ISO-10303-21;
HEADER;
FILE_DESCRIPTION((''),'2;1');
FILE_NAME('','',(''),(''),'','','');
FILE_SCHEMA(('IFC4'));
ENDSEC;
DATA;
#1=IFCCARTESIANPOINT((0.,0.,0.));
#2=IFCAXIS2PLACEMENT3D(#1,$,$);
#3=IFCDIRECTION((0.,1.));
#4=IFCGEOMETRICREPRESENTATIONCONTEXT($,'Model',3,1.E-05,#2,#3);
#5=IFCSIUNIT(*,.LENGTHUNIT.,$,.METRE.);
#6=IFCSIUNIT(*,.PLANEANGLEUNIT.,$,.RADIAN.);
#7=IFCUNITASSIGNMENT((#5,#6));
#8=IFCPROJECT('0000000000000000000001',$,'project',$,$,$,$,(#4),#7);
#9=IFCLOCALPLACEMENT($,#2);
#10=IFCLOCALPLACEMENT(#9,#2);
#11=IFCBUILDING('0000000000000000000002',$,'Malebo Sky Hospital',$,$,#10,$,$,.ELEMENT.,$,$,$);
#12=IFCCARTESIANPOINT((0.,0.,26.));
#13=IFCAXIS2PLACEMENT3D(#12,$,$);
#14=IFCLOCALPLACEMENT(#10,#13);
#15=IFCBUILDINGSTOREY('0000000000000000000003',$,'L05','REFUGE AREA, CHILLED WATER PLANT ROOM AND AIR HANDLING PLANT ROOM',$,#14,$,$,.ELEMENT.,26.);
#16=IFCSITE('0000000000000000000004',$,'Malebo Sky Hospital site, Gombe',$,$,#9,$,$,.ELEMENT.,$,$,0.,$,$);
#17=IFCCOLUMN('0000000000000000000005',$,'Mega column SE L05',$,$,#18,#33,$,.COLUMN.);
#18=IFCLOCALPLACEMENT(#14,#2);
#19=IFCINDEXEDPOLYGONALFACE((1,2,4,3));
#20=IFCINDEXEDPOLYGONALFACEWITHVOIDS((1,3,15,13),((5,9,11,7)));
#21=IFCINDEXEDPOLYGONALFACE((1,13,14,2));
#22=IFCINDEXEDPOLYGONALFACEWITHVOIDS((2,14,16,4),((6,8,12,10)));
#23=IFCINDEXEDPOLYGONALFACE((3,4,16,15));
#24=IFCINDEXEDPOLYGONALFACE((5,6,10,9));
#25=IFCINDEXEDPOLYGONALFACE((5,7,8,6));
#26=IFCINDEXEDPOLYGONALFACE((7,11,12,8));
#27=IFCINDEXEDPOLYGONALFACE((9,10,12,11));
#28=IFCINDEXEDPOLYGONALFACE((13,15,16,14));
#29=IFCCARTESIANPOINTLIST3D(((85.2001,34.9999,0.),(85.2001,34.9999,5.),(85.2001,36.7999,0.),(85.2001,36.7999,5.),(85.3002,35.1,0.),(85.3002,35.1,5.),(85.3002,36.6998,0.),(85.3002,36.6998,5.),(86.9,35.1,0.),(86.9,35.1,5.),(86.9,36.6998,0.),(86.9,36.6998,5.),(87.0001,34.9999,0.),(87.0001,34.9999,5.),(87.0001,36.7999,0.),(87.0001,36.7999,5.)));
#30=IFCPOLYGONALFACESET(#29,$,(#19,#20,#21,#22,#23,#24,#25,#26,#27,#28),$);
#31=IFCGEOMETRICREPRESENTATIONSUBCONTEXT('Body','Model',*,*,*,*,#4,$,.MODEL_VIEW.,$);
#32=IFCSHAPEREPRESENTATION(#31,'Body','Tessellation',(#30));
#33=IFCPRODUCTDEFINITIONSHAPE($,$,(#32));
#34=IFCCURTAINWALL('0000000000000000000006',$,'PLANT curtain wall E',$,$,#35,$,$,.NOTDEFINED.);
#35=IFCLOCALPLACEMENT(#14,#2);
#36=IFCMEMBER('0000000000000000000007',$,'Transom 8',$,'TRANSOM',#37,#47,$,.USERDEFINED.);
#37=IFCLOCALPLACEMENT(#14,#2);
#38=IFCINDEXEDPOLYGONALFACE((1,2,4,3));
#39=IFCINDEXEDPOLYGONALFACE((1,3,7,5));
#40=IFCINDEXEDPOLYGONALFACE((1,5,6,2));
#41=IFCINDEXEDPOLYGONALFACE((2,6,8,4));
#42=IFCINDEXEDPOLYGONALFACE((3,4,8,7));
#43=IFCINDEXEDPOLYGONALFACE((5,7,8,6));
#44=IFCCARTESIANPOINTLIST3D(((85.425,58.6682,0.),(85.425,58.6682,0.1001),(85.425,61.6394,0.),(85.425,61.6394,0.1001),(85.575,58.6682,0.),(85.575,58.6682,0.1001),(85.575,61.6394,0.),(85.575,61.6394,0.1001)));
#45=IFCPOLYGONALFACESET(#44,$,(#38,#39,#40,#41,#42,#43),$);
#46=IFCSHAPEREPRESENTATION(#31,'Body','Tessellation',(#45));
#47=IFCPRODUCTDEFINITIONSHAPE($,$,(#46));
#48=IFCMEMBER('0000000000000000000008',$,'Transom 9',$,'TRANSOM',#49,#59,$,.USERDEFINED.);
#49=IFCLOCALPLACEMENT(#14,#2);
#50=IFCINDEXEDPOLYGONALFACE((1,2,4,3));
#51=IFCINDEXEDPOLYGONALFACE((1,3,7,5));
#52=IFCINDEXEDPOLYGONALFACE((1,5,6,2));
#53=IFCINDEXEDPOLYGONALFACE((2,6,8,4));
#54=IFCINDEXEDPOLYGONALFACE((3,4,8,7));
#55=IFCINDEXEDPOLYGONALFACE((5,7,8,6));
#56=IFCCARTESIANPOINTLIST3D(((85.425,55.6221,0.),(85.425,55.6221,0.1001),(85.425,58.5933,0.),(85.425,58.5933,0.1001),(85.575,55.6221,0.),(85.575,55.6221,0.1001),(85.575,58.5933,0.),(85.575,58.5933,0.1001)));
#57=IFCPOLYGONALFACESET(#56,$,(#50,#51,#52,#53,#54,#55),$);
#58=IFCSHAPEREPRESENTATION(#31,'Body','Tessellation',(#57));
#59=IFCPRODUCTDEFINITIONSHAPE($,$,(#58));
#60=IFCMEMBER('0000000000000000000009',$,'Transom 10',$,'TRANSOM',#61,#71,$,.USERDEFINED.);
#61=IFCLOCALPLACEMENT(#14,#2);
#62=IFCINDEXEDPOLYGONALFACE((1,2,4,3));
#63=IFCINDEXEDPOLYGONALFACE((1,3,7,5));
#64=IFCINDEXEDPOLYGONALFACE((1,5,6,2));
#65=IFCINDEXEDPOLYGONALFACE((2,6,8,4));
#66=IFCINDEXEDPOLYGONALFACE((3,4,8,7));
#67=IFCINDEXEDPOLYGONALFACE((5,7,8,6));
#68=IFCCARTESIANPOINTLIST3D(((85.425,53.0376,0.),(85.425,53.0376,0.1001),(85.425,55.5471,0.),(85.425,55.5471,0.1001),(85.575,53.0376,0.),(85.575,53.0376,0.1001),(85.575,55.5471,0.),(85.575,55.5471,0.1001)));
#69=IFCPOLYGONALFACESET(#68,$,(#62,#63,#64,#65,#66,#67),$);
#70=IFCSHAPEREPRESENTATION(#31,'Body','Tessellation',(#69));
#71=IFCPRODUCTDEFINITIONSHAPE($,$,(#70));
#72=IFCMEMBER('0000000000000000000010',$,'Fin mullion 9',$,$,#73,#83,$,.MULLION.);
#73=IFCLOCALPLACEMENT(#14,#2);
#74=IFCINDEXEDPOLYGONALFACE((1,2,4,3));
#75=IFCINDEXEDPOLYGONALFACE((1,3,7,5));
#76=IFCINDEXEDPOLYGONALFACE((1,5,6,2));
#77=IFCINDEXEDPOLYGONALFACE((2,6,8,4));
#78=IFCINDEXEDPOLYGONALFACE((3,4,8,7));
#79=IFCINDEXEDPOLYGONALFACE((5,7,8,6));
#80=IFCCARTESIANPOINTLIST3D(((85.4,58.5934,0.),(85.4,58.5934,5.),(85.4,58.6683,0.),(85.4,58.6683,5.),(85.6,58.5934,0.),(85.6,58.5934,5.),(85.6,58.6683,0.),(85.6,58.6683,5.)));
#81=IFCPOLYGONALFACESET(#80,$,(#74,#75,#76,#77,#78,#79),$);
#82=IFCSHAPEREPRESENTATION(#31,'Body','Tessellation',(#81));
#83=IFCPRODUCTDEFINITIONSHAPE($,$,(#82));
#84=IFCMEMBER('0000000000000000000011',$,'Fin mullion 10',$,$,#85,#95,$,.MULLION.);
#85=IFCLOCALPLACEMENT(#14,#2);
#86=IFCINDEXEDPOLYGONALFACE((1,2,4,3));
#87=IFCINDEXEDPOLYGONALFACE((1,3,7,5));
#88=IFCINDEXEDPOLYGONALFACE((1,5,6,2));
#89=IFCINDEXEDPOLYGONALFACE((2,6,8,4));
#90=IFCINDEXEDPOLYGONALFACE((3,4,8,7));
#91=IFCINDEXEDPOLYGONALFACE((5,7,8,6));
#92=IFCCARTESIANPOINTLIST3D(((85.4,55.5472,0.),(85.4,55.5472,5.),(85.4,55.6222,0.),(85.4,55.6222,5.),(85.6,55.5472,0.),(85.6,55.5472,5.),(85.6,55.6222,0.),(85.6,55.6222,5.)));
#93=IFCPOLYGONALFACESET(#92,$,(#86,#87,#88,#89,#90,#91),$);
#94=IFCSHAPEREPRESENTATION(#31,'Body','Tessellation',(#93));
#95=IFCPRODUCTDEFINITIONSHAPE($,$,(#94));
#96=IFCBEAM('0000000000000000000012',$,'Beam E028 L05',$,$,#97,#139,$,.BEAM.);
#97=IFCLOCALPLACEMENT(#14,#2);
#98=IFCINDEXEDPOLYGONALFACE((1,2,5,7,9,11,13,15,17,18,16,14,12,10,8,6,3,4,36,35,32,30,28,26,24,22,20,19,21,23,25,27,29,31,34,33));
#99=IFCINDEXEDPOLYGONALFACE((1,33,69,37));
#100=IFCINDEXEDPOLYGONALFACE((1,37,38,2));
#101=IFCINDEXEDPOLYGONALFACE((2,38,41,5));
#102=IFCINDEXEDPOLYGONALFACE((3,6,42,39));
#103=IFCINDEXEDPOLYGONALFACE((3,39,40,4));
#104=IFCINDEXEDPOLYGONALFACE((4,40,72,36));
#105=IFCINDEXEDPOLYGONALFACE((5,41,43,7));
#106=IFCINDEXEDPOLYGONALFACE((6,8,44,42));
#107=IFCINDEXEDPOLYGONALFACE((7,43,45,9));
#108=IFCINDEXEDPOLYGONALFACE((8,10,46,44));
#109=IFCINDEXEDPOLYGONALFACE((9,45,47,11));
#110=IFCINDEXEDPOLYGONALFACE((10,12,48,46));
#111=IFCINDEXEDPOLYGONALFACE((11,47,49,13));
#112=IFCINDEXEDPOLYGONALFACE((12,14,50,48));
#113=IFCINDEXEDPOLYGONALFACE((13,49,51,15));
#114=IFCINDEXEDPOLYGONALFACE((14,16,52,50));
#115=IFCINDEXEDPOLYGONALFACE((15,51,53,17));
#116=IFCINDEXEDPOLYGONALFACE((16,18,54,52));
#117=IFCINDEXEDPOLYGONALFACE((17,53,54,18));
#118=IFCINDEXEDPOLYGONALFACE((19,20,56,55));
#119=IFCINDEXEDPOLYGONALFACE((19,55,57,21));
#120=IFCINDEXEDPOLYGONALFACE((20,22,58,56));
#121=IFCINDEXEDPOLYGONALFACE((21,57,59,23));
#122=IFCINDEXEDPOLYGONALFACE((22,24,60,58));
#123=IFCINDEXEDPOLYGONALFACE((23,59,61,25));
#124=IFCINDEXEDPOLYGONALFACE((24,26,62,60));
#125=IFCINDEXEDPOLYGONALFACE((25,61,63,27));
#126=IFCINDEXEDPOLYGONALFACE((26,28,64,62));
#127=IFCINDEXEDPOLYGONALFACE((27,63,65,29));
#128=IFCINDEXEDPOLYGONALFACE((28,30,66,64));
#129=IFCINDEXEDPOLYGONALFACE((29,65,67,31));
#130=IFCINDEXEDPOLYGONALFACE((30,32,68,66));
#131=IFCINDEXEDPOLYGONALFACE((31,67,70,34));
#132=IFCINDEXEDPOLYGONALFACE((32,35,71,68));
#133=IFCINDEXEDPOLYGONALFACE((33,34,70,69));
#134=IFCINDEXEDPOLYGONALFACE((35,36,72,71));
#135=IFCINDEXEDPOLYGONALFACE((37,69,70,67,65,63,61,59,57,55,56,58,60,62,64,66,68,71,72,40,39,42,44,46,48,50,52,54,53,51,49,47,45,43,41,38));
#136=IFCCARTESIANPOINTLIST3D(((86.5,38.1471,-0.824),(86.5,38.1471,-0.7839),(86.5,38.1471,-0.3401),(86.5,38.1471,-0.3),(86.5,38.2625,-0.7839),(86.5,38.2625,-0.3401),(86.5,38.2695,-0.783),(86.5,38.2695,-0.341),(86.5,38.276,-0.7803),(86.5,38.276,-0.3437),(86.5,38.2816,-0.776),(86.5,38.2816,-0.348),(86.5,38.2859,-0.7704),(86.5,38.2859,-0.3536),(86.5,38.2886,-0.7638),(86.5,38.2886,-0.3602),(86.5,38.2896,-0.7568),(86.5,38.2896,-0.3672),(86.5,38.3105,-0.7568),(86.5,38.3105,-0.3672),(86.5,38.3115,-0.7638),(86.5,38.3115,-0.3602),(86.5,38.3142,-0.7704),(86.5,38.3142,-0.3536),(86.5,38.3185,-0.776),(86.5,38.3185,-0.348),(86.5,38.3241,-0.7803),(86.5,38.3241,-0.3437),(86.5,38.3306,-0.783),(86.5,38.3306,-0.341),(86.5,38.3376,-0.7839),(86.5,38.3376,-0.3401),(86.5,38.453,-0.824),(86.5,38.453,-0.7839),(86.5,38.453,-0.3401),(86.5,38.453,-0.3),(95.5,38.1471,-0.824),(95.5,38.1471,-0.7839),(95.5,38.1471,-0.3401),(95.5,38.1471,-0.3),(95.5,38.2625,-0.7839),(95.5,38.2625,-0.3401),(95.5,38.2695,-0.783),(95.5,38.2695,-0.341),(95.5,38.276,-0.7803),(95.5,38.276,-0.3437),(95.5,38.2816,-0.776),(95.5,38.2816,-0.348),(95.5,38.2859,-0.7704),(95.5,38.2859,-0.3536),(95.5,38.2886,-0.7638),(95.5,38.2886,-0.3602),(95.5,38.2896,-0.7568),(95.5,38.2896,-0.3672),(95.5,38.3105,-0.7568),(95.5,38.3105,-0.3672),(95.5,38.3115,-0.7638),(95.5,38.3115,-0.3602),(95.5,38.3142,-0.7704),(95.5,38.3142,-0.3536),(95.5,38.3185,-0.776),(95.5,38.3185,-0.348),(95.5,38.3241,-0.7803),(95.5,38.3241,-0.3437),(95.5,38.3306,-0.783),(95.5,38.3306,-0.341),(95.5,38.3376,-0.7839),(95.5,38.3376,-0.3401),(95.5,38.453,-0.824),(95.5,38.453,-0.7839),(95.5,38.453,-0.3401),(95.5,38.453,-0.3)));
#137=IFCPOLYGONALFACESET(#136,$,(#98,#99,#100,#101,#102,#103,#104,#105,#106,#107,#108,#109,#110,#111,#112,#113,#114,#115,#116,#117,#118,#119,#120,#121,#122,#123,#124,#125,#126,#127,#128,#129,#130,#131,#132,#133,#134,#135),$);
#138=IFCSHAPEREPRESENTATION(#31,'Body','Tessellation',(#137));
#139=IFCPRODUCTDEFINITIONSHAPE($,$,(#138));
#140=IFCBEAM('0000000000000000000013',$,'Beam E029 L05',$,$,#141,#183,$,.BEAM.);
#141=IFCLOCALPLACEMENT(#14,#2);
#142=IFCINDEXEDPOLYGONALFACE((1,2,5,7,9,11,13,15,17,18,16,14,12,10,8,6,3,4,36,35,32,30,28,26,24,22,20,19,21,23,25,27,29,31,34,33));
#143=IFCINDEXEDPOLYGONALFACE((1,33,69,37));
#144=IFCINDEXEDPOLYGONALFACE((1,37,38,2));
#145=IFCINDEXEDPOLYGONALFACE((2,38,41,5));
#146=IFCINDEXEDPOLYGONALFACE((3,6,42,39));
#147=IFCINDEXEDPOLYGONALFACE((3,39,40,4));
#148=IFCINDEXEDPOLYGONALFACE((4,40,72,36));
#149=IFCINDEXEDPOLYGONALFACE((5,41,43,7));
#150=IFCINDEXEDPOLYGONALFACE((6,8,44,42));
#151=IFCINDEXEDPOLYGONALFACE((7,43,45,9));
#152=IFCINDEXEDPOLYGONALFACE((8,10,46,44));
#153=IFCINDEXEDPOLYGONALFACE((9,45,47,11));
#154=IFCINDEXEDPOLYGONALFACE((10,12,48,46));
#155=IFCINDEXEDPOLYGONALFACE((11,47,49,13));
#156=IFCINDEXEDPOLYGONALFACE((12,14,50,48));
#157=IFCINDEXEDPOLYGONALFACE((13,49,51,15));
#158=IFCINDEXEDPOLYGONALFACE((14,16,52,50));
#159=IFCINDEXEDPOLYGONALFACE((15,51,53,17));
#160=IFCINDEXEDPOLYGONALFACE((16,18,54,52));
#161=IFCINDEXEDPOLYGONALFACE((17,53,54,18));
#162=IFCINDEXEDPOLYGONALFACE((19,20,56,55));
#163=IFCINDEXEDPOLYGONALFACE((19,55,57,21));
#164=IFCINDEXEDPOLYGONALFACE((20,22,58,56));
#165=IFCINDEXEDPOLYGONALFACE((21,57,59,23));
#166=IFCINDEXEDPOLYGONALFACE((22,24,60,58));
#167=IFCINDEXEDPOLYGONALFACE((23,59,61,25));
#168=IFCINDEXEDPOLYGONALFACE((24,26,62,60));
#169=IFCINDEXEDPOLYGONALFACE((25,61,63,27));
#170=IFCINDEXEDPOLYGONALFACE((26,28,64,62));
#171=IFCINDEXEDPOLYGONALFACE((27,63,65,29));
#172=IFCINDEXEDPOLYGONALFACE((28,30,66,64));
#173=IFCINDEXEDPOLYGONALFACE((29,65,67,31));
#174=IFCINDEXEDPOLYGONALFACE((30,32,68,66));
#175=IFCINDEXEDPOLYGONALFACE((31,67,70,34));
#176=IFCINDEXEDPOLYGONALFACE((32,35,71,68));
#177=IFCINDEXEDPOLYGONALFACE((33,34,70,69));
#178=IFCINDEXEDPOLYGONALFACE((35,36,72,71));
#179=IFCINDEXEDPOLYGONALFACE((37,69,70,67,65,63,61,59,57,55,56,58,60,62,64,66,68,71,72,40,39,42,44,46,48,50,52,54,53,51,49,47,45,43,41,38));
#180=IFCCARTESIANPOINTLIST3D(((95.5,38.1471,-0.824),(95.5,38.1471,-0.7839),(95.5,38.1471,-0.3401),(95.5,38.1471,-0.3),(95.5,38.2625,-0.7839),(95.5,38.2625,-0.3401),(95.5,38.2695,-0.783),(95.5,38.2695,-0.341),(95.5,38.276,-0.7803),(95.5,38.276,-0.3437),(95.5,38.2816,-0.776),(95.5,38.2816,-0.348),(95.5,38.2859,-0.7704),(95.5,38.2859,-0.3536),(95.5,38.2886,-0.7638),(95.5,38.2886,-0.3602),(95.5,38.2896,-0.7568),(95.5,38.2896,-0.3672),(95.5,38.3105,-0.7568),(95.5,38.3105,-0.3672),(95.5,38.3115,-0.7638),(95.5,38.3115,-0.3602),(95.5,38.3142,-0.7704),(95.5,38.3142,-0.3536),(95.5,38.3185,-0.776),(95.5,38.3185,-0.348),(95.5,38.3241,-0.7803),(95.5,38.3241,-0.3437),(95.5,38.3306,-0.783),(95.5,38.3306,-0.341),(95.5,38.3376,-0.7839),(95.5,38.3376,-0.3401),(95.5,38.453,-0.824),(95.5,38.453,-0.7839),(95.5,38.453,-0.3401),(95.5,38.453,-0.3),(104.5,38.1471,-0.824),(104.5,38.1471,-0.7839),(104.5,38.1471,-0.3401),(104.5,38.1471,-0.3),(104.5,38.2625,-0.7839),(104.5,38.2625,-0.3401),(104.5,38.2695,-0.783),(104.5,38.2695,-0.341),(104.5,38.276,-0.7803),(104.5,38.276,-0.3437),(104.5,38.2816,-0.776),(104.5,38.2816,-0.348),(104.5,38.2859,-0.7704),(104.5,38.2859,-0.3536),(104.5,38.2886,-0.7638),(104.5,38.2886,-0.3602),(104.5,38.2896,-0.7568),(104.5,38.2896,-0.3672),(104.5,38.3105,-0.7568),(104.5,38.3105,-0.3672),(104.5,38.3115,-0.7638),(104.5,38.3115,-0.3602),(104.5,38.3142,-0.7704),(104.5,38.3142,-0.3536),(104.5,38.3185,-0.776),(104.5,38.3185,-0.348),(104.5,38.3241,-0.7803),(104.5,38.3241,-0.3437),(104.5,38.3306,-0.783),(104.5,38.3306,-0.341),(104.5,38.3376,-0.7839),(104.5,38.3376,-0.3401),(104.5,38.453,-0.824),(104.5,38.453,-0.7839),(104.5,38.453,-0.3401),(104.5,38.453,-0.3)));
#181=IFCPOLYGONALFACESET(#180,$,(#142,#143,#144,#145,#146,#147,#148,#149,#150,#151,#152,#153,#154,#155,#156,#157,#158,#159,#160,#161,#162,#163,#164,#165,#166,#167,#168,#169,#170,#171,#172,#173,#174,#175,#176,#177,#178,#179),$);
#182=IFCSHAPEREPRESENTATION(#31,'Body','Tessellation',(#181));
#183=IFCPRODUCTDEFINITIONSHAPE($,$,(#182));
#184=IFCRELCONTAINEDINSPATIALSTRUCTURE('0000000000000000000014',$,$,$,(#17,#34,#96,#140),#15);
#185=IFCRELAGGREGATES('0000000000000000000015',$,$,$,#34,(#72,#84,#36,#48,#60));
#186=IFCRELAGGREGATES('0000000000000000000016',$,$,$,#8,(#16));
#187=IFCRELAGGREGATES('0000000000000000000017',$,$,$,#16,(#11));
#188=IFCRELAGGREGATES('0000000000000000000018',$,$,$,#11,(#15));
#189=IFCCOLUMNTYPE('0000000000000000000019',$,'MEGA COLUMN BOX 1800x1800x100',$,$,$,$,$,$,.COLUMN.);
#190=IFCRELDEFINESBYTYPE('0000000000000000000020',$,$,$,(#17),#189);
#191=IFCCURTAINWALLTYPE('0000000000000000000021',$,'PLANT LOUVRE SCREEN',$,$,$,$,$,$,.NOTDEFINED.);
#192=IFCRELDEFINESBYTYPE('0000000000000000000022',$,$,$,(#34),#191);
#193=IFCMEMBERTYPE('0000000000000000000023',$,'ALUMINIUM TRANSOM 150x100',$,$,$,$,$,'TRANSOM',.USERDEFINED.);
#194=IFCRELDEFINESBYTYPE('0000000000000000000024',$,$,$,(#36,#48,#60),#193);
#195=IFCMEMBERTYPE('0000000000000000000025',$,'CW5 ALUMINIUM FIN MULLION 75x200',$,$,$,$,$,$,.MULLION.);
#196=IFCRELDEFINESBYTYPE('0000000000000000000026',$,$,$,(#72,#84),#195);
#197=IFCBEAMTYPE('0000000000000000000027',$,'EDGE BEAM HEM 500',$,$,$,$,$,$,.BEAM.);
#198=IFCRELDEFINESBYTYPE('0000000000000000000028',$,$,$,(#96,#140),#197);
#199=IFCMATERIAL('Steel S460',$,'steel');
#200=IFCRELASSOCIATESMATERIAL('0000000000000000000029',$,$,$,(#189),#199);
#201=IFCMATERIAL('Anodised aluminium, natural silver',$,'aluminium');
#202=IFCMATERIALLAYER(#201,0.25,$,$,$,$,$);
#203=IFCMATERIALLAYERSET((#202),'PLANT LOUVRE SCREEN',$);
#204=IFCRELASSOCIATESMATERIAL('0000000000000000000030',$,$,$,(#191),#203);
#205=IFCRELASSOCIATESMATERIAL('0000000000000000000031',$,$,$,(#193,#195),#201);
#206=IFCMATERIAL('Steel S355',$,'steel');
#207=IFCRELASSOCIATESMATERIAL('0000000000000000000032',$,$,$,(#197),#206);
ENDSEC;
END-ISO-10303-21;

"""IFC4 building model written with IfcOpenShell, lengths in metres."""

from ifc_helpers import new_model, si_unit, direction, frame, origin, origin_2d, place, context, subcontext, project, spatial, rectangle, hollow_rectangle, i_section, extrude, material, layer, layer_set, material_profile, profile_set, type_object, element, aggregate, save


model = new_model("IFC4")

# Units and contexts
model_context = context("Model", 3, precision=1e-05, world=origin(), true_north=direction((0.0, 1.0)))
body_context = subcontext(model_context, "Body", "Model", "MODEL_VIEW")
ifc_project = project(units=[si_unit("LENGTHUNIT", "METRE"), si_unit("PLANEANGLEUNIT", "RADIAN")], contexts=[model_context])

# Site, building, storey
site_placement = place(None, origin())
site = spatial("IfcSite", under=ifc_project, at=site_placement, Name="Malebo Sky Hospital site, Gombe", CompositionType="ELEMENT", RefElevation=0.0)
building_placement = place(site_placement, origin())
building = spatial("IfcBuilding", under=site, at=building_placement, Name="Malebo Sky Hospital", CompositionType="ELEMENT")
storey_placement = place(building_placement, frame((0.0, 0.0, 26.0)))
storey = spatial("IfcBuildingStorey", under=building, at=storey_placement, Name="L05", Description="REFUGE AREA, CHILLED WATER PLANT ROOM AND AIR HANDLING PLANT ROOM", CompositionType="ELEMENT", Elevation=26.0)

# Column
ifc_material_1 = material(Name="Steel S460", Category="steel")
ifc_material_profile_1 = material_profile(ifc_material_1, hollow_rectangle(XDim=1.8, YDim=1.8, WallThickness=0.1001, at=origin_2d()), Name="BOX 1800x1800x100")
ifc_profile_set_1 = profile_set([ifc_material_profile_1], Name="Steel S460")
column_type = type_object("IfcColumnType", Name="MEGA COLUMN BOX 1800x1800x100", PredefinedType="COLUMN", material=ifc_profile_set_1)
column_placement = place(storey_placement, frame((86.1001, 35.8999, 0.0), z_axis=(0.0, 0.0, 1.0), x_axis=(1.0, 0.0, 0.0)))
element("IfcColumn", 1, at=column_placement, inside=storey, type_object=column_type, Name="Mega column SE L05", PredefinedType="COLUMN", context=body_context, shape_type="SweptSolid", body=[
    extrude(hollow_rectangle(XDim=1.8, YDim=1.8, WallThickness=0.1001, at=origin_2d()), origin(), (0.0, 0.0, 1.0), 5.0),
])

# Curtain wall, members
ifc_material_2 = material(Name="Anodised aluminium, natural silver", Category="aluminium")
ifc_layer_1 = layer(ifc_material_2, 0.25)
ifc_layer_set_1 = layer_set([ifc_layer_1], Name="PLANT LOUVRE SCREEN")
curtain_wall_type = type_object("IfcCurtainWallType", Name="PLANT LOUVRE SCREEN", PredefinedType="NOTDEFINED", material=ifc_layer_set_1)
curtain_wall_placement = place(storey_placement, origin())
curtain_wall = element("IfcCurtainWall", 2, at=curtain_wall_placement, inside=storey, type_object=curtain_wall_type, Name="PLANT curtain wall E", PredefinedType="NOTDEFINED")
ifc_material_profile_2 = material_profile(ifc_material_2, rectangle(XDim=0.1499, YDim=0.1001, at=origin_2d()), Name="ALUMINIUM TRANSOM 150x100")
ifc_profile_set_2 = profile_set([ifc_material_profile_2], Name="Anodised aluminium, natural silver")
member_type_1 = type_object("IfcMemberType", Name="ALUMINIUM TRANSOM 150x100", ElementType="TRANSOM", PredefinedType="USERDEFINED", material=ifc_profile_set_2)
member_1_placement = place(storey_placement, frame((85.5, 61.6394, 0.05), z_axis=(0.0, -1.0, 0.0), x_axis=(1.0, 0.0, 0.0)))
member_1 = element("IfcMember", 3, at=member_1_placement, type_object=member_type_1, Name="Transom 8", ObjectType="TRANSOM", PredefinedType="USERDEFINED", context=body_context, shape_type="SweptSolid", body=[
    extrude(rectangle(XDim=0.1499, YDim=0.1001, at=origin_2d()), origin(), (0.0, 0.0, 1.0), 2.9712),
])
member_2_placement = place(storey_placement, frame((85.5, 58.5933, 0.05), z_axis=(0.0, -1.0, 0.0), x_axis=(1.0, 0.0, 0.0)))
member_2 = element("IfcMember", 4, at=member_2_placement, type_object=member_type_1, Name="Transom 9", ObjectType="TRANSOM", PredefinedType="USERDEFINED", context=body_context, shape_type="SweptSolid", body=[
    extrude(rectangle(XDim=0.1499, YDim=0.1001, at=origin_2d()), origin(), (0.0, 0.0, 1.0), 2.9712),
])
member_3_placement = place(storey_placement, frame((85.5, 55.5471, 0.05), z_axis=(0.0, -1.0, 0.0), x_axis=(1.0, 0.0, 0.0)))
member_3 = element("IfcMember", 5, at=member_3_placement, type_object=member_type_1, Name="Transom 10", ObjectType="TRANSOM", PredefinedType="USERDEFINED", context=body_context, shape_type="SweptSolid", body=[
    extrude(rectangle(XDim=0.1499, YDim=0.1001, at=origin_2d()), origin(), (0.0, 0.0, 1.0), 2.5095),
])
ifc_material_profile_3 = material_profile(ifc_material_2, rectangle(XDim=0.075, YDim=0.2, at=origin_2d()), Name="CW5 ALUMINIUM FIN MULLION 75x200")
ifc_profile_set_3 = profile_set([ifc_material_profile_3], Name="Anodised aluminium, natural silver")
member_type_2 = type_object("IfcMemberType", Name="CW5 ALUMINIUM FIN MULLION 75x200", PredefinedType="MULLION", material=ifc_profile_set_3)
member_4_placement = place(storey_placement, frame((85.5, 58.6309, 0.0), z_axis=(0.0, 0.0, 1.0), x_axis=(0.0, -1.0, 0.0)))
member_4 = element("IfcMember", 6, at=member_4_placement, type_object=member_type_2, Name="Fin mullion 9", PredefinedType="MULLION", context=body_context, shape_type="SweptSolid", body=[
    extrude(rectangle(XDim=0.075, YDim=0.2, at=origin_2d()), origin(), (0.0, 0.0, 1.0), 5.0),
])
member_5_placement = place(storey_placement, frame((85.5, 55.5847, 0.0), z_axis=(0.0, 0.0, 1.0), x_axis=(0.0, -1.0, 0.0)))
member_5 = element("IfcMember", 7, at=member_5_placement, type_object=member_type_2, Name="Fin mullion 10", PredefinedType="MULLION", context=body_context, shape_type="SweptSolid", body=[
    extrude(rectangle(XDim=0.075, YDim=0.2, at=origin_2d()), origin(), (0.0, 0.0, 1.0), 5.0),
])

# Beams
ifc_material_3 = material(Name="Steel S355", Category="steel")
ifc_material_profile_4 = material_profile(ifc_material_3, i_section(OverallWidth=0.3059, OverallDepth=0.5239, WebThickness=0.021, FlangeThickness=0.04, FilletRadius=0.0271, at=origin_2d()), Name="HEM 500")
ifc_profile_set_4 = profile_set([ifc_material_profile_4], Name="Steel S355")
beam_type_1 = type_object("IfcBeamType", Name="EDGE BEAM HEM 500", PredefinedType="BEAM", material=ifc_profile_set_4)
for number, where, z_axis, x_axis, name in (
    (8, (86.5, 38.3, -0.562), (1.0, 0.0, 0.0), (0.0, 1.0, 0.0), "Beam E028 L05"),
    (9, (95.5, 38.3, -0.562), (1.0, 0.0, 0.0), (0.0, 1.0, 0.0), "Beam E029 L05"),
):
    element("IfcBeam", number, at=place(storey_placement, frame(where, z_axis=z_axis, x_axis=x_axis)), inside=storey, type_object=beam_type_1, Name=name, PredefinedType="BEAM", context=body_context, shape_type="SweptSolid", body=[
        extrude(i_section(OverallWidth=0.3059, OverallDepth=0.5239, WebThickness=0.021, FlangeThickness=0.04, FilletRadius=0.0271, at=origin_2d()), origin(), (0.0, 0.0, 1.0), 9.0),
    ])

aggregate(curtain_wall, [member_4, member_5, member_1, member_2, member_3])

save(model, "model.ifc")
